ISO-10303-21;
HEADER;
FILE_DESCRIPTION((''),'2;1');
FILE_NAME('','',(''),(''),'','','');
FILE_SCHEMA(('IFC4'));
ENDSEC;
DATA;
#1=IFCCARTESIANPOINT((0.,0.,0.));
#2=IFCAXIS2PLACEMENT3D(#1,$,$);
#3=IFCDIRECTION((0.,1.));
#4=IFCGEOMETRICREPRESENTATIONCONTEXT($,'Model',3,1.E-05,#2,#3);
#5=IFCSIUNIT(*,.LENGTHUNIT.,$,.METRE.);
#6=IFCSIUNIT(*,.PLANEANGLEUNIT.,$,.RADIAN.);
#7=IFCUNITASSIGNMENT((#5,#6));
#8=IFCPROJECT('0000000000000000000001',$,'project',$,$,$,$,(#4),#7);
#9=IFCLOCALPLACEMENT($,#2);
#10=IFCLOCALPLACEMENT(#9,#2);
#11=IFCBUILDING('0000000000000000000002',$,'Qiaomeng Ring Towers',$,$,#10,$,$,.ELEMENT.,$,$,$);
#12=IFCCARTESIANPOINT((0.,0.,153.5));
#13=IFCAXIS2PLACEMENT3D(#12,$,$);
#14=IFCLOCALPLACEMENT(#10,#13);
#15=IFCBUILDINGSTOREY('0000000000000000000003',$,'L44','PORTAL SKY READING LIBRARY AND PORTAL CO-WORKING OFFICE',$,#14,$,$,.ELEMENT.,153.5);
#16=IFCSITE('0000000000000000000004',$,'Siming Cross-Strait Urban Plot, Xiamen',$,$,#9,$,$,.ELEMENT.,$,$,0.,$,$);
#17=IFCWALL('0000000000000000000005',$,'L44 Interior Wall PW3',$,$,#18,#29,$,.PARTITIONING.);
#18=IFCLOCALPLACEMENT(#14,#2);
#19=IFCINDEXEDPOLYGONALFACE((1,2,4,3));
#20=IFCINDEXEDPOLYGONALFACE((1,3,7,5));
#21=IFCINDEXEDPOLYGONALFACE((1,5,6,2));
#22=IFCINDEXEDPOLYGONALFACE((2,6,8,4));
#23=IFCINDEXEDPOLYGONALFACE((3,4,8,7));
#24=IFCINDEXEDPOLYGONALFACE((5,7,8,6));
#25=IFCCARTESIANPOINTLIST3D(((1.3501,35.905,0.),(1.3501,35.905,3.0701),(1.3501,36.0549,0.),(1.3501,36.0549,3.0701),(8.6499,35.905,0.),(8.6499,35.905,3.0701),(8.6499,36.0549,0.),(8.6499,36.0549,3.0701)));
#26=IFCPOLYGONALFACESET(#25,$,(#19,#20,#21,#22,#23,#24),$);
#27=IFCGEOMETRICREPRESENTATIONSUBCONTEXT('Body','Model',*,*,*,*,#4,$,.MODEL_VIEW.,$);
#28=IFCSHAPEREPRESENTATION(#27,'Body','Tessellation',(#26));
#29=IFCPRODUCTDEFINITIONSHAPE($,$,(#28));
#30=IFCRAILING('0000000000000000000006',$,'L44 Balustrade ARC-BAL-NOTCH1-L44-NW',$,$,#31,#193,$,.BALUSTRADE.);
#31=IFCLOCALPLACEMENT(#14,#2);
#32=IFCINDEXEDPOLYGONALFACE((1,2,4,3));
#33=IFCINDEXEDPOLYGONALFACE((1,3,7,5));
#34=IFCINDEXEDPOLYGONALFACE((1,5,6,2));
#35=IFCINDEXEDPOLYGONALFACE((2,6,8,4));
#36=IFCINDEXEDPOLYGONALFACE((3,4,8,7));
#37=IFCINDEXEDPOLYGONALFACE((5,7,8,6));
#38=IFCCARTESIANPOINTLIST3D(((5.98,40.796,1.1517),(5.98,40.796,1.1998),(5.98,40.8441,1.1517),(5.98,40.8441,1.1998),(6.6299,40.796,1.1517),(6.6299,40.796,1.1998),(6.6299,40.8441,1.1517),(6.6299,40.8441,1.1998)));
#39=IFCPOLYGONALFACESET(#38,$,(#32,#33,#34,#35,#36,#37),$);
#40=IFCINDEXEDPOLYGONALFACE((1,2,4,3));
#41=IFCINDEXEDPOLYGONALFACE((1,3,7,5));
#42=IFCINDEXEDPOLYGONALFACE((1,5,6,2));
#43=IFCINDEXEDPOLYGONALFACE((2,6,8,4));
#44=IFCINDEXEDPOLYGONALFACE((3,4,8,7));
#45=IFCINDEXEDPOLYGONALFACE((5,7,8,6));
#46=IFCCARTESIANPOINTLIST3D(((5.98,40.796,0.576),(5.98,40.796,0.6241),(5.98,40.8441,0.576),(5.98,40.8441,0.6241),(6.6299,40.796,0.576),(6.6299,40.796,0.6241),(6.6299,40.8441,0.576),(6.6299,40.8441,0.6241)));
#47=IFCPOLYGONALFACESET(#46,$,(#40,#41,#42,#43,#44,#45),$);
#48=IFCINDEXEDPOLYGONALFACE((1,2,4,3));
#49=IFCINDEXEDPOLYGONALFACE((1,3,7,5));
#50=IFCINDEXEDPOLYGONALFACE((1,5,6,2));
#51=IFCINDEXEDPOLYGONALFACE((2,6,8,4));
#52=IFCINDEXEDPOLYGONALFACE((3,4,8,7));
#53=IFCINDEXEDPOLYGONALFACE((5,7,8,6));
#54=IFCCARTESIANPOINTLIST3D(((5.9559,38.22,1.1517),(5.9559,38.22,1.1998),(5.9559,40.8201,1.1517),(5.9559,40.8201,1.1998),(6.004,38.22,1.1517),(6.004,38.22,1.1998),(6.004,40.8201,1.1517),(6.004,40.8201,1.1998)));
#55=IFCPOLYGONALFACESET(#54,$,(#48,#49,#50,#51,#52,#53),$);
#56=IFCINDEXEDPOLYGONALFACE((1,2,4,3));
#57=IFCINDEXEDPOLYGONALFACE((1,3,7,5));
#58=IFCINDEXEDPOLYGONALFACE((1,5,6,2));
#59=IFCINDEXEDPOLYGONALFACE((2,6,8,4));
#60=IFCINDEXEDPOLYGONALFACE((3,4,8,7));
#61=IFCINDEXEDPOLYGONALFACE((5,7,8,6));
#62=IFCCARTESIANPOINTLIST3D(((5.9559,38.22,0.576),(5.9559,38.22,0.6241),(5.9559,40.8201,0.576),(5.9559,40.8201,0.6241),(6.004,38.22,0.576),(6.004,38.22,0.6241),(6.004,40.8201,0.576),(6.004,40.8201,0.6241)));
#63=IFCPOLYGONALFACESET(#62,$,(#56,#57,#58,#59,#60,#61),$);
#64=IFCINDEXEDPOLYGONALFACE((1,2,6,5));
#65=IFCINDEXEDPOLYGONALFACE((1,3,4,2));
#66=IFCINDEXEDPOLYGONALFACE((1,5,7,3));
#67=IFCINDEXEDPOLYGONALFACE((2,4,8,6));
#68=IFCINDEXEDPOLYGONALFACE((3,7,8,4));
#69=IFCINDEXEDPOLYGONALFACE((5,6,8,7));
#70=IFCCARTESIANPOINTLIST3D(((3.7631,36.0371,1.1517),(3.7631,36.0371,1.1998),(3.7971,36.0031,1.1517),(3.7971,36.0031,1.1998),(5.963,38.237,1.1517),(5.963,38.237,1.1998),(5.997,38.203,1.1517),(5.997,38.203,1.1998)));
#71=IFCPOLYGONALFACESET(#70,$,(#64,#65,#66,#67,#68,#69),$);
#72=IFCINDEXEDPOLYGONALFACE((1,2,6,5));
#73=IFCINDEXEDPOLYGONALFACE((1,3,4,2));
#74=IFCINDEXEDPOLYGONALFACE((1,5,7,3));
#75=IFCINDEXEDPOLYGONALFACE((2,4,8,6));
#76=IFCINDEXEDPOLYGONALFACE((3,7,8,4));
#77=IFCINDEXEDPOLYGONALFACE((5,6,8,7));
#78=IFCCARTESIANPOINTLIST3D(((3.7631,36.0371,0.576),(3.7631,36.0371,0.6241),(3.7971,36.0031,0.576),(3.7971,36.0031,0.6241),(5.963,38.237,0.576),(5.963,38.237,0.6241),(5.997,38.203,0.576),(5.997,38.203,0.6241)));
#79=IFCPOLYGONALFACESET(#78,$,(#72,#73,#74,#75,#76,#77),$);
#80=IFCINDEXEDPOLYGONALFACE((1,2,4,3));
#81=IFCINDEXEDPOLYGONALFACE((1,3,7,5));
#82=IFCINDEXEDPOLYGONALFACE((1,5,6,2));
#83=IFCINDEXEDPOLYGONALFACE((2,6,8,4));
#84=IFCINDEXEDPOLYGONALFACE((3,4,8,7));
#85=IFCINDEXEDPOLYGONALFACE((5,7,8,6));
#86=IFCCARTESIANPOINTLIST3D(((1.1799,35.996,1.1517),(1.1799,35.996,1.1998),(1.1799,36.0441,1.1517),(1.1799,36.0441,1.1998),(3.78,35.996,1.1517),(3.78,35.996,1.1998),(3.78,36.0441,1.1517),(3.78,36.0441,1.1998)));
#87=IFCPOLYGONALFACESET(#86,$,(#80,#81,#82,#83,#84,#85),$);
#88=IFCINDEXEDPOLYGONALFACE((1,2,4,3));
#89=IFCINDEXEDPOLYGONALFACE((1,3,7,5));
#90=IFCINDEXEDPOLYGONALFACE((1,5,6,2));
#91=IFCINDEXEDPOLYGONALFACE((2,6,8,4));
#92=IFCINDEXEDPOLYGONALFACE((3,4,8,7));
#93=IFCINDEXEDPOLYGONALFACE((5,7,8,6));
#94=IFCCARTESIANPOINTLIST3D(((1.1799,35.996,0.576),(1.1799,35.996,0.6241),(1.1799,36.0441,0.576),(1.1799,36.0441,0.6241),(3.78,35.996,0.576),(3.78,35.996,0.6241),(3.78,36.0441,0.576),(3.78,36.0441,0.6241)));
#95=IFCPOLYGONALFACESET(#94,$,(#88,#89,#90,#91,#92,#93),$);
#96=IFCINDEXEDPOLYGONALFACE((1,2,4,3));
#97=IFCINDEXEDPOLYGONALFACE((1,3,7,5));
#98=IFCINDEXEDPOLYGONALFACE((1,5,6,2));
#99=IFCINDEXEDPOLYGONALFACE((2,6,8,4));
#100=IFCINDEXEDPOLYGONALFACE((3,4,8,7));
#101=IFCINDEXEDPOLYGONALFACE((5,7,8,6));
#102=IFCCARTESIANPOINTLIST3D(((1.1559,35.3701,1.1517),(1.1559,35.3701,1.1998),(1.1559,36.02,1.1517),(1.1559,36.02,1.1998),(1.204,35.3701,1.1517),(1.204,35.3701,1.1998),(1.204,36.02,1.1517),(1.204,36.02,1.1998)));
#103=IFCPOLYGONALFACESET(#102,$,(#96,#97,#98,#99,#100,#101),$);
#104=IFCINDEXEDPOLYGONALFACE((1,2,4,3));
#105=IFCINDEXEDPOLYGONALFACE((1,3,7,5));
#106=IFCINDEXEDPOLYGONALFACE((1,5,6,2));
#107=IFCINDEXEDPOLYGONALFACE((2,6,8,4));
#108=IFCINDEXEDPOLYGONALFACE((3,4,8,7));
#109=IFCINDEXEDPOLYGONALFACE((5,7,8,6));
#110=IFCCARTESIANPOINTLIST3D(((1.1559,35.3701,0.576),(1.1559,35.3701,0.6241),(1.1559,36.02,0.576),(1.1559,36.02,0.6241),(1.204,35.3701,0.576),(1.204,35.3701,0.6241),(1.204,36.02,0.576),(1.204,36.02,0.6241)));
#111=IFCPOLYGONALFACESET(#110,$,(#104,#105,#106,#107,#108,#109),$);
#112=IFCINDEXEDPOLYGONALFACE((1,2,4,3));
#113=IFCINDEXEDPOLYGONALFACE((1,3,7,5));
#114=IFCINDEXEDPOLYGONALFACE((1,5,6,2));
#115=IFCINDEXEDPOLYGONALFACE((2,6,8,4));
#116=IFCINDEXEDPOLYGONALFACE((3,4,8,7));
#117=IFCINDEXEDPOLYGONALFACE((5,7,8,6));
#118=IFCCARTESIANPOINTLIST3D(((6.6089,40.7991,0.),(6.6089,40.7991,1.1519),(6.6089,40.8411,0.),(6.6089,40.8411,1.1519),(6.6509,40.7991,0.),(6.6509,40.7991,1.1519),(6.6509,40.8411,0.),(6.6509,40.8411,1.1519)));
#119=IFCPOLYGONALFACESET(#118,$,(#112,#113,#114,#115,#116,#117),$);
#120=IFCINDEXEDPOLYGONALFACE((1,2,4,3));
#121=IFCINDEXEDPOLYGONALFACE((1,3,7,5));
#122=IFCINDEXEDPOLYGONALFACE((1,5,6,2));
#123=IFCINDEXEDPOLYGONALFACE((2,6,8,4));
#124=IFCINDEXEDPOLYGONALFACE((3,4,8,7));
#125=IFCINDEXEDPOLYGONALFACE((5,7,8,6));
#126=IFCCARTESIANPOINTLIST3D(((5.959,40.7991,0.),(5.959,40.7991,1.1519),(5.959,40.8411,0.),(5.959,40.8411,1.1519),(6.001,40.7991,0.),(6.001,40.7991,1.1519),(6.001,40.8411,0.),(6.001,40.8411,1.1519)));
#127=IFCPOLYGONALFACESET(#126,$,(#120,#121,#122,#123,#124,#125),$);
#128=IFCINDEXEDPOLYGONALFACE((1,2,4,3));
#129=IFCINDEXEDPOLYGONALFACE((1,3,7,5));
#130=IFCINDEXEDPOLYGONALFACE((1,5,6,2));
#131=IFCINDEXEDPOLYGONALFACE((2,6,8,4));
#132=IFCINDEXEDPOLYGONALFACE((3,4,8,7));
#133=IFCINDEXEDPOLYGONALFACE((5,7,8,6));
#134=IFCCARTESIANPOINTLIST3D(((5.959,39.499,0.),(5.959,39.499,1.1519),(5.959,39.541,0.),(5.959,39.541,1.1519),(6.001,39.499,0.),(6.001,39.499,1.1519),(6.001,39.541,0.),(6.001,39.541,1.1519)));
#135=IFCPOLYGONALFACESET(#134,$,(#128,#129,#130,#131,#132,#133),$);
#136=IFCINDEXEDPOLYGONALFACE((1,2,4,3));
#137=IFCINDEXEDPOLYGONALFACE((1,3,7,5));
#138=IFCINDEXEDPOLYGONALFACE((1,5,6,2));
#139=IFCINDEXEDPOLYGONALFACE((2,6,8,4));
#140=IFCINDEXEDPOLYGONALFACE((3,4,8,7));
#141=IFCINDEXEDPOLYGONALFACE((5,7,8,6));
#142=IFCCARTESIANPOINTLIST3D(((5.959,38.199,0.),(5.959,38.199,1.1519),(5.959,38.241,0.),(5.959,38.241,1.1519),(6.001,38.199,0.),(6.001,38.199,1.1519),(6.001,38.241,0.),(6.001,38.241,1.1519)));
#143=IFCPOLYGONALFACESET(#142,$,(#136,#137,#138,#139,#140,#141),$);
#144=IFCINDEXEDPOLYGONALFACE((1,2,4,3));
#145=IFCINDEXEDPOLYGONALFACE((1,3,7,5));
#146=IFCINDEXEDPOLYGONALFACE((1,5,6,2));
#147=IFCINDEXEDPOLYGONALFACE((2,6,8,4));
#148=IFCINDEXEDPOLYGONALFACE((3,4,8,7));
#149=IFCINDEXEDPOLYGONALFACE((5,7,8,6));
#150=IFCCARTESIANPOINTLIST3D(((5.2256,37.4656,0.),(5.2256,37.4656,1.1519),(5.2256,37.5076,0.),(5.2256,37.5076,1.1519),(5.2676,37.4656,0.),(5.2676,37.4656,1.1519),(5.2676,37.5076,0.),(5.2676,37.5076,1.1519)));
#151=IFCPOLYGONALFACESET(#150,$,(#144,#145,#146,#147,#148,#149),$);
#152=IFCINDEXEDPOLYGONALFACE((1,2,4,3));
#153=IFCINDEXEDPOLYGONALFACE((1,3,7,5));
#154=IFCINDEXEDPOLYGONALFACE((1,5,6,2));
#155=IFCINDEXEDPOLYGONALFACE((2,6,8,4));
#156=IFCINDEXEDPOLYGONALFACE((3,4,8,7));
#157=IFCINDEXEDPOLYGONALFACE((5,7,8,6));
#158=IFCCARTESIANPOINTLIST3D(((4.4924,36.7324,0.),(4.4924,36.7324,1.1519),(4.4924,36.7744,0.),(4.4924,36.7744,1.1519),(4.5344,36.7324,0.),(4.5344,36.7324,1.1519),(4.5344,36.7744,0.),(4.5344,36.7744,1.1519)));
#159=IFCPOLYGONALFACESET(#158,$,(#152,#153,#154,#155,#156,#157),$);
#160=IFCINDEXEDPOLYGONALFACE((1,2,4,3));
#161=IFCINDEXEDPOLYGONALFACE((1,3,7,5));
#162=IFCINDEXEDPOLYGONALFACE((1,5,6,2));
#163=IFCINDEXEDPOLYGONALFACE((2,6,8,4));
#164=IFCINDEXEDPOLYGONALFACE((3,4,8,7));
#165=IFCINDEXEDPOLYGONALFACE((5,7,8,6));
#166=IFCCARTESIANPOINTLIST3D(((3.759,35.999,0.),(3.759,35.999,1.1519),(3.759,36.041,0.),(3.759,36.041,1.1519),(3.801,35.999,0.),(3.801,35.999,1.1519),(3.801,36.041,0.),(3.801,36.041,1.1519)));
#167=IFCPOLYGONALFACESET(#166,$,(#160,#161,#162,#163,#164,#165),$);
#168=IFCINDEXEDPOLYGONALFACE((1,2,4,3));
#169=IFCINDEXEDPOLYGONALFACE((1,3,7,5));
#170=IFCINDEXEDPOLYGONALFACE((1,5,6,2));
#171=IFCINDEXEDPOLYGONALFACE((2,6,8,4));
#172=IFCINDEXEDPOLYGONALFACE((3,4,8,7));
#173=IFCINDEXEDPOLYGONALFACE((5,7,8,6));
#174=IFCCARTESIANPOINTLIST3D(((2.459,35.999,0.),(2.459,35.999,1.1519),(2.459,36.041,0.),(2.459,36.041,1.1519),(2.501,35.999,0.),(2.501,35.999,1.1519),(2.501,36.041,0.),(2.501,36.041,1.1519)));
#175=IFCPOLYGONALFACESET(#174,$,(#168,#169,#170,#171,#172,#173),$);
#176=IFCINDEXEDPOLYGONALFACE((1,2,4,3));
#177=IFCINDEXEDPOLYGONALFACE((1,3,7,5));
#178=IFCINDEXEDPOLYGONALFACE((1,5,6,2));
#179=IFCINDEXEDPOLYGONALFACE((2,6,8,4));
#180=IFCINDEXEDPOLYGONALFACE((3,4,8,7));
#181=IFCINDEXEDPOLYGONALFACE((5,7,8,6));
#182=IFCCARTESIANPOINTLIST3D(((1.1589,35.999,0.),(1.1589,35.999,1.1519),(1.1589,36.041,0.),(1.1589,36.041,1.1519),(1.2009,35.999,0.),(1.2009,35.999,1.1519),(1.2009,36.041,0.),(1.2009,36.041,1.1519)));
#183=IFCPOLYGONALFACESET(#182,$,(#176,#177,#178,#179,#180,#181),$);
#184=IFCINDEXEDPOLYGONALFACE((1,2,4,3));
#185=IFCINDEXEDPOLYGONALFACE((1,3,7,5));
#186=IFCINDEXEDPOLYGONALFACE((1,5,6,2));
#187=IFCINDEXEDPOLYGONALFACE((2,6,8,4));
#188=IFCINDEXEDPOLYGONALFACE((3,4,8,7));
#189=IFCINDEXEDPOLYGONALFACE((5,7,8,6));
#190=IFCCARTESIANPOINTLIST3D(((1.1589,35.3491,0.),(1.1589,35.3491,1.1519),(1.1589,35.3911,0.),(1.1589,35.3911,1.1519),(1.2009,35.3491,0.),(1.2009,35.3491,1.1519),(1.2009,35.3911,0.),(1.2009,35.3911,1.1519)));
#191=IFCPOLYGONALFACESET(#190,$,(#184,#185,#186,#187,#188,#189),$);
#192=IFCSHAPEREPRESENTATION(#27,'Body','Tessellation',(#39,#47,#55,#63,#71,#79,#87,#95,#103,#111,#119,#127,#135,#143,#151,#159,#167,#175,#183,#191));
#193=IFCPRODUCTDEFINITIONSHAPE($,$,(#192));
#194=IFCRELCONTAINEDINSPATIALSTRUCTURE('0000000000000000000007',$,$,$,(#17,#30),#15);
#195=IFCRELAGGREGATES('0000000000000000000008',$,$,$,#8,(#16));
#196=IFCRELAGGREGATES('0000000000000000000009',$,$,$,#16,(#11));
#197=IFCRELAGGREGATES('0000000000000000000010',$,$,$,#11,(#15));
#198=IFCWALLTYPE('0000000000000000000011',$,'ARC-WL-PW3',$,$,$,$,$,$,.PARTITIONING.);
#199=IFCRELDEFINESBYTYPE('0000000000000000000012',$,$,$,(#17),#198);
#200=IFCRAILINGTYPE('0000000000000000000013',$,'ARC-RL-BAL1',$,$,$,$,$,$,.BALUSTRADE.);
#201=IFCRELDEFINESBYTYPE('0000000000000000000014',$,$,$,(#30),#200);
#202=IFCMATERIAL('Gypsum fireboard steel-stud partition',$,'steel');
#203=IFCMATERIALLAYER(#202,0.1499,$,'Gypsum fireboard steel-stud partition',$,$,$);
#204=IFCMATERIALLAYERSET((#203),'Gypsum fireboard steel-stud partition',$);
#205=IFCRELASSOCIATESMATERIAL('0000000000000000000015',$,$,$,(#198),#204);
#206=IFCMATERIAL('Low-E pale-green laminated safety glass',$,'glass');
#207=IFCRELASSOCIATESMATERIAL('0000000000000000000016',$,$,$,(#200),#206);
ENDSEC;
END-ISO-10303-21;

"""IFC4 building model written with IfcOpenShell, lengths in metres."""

from ifc_helpers import new_model, si_unit, direction, frame, frame_2d, origin, origin_2d, place, context, subcontext, project, spatial, rectangle, extrude, material, layer, layer_set, type_object, element, save


model = new_model("IFC4")

# Units and contexts
model_context = context("Model", 3, precision=1e-05, world=origin(), true_north=direction((0.0, 1.0)))
body_context = subcontext(model_context, "Body", "Model", "MODEL_VIEW")
ifc_project = project(units=[si_unit("LENGTHUNIT", "METRE"), si_unit("PLANEANGLEUNIT", "RADIAN")], contexts=[model_context])

# Site, building, storey
site_placement = place(None, origin())
site = spatial("IfcSite", under=ifc_project, at=site_placement, Name="Siming Cross-Strait Urban Plot, Xiamen", CompositionType="ELEMENT", RefElevation=0.0)
building_placement = place(site_placement, origin())
building = spatial("IfcBuilding", under=site, at=building_placement, Name="Qiaomeng Ring Towers", CompositionType="ELEMENT")
storey_placement = place(building_placement, frame((0.0, 0.0, 153.5)))
storey = spatial("IfcBuildingStorey", under=building, at=storey_placement, Name="L44", Description="PORTAL SKY READING LIBRARY AND PORTAL CO-WORKING OFFICE", CompositionType="ELEMENT", Elevation=153.5)

# Wall
ifc_material_1 = material(Name="Gypsum fireboard steel-stud partition", Category="steel")
ifc_layer_1 = layer(ifc_material_1, 0.1499, Name="Gypsum fireboard steel-stud partition")
ifc_layer_set_1 = layer_set([ifc_layer_1], Name="Gypsum fireboard steel-stud partition")
wall_type_1 = type_object("IfcWallType", Name="ARC-WL-PW3", PredefinedType="PARTITIONING", material=ifc_layer_set_1)
wall_1_placement = place(storey_placement, frame((1.3501, 35.98, 0.0), z_axis=(0.0, 0.0, 1.0), x_axis=(1.0, 0.0, 0.0)))
element("IfcWall", 1, at=wall_1_placement, inside=storey, type_object=wall_type_1, Name="L44 Interior Wall PW3", PredefinedType="PARTITIONING", context=body_context, shape_type="SweptSolid", body=[
    extrude(rectangle(XDim=7.2998, YDim=0.1499, at=frame_2d((3.6499, 0.0))), origin(), (0.0, 0.0, 1.0), 3.0701),
])

# Railing
ifc_material_2 = material(Name="Low-E pale-green laminated safety glass", Category="glass")
railing_type = type_object("IfcRailingType", Name="ARC-RL-BAL1", PredefinedType="BALUSTRADE", material=ifc_material_2)
railing_placement = place(storey_placement, frame((6.6299, 40.8201, 0.0)))
element("IfcRailing", 2, at=railing_placement, inside=storey, type_object=railing_type, Name="L44 Balustrade ARC-BAL-NOTCH1-L44-NW", PredefinedType="BALUSTRADE", context=body_context, shape_type="SweptSolid", body=[
    extrude(rectangle(XDim=0.0481, YDim=0.0481, at=origin_2d()), frame((0.0, 0.0, 1.1758), z_axis=(-1.0, 0.0, 0.0), x_axis=(0.0, -1.0, 0.0)), (0.0, 0.0, 1.0), 0.6499),
    extrude(rectangle(XDim=0.0481, YDim=0.0481, at=origin_2d()), frame((0.0, 0.0, 0.6001), z_axis=(-1.0, 0.0, 0.0), x_axis=(0.0, -1.0, 0.0)), (0.0, 0.0, 1.0), 0.6499),
    extrude(rectangle(XDim=0.0481, YDim=0.0481, at=origin_2d()), frame((-0.6499, 0.0, 1.1758), z_axis=(0.0, -1.0, 0.0), x_axis=(1.0, 0.0, 0.0)), (0.0, 0.0, 1.0), 2.6001),
    extrude(rectangle(XDim=0.0481, YDim=0.0481, at=origin_2d()), frame((-0.6499, 0.0, 0.6001), z_axis=(0.0, -1.0, 0.0), x_axis=(1.0, 0.0, 0.0)), (0.0, 0.0, 1.0), 2.6001),
    extrude(rectangle(XDim=0.0481, YDim=0.0481, at=origin_2d()), frame((-0.6499, -2.6001, 1.1758), z_axis=(-0.707107, -0.707107, 0.0), x_axis=(0.707107, -0.707107, 0.0)), (0.0, 0.0, 1.0), 3.1111),
    extrude(rectangle(XDim=0.0481, YDim=0.0481, at=origin_2d()), frame((-0.6499, -2.6001, 0.6001), z_axis=(-0.707107, -0.707107, 0.0), x_axis=(0.707107, -0.707107, 0.0)), (0.0, 0.0, 1.0), 3.1111),
    extrude(rectangle(XDim=0.0481, YDim=0.0481, at=origin_2d()), frame((-2.8499, -4.8, 1.1758), z_axis=(-1.0, 0.0, 0.0), x_axis=(0.0, -1.0, 0.0)), (0.0, 0.0, 1.0), 2.6001),
    extrude(rectangle(XDim=0.0481, YDim=0.0481, at=origin_2d()), frame((-2.8499, -4.8, 0.6001), z_axis=(-1.0, 0.0, 0.0), x_axis=(0.0, -1.0, 0.0)), (0.0, 0.0, 1.0), 2.6001),
    extrude(rectangle(XDim=0.0481, YDim=0.0481, at=origin_2d()), frame((-5.45, -4.8, 1.1758), z_axis=(0.0, -1.0, 0.0), x_axis=(1.0, 0.0, 0.0)), (0.0, 0.0, 1.0), 0.6499),
    extrude(rectangle(XDim=0.0481, YDim=0.0481, at=origin_2d()), frame((-5.45, -4.8, 0.6001), z_axis=(0.0, -1.0, 0.0), x_axis=(1.0, 0.0, 0.0)), (0.0, 0.0, 1.0), 0.6499),
    extrude(rectangle(XDim=0.042, YDim=0.042, at=origin_2d()), origin(), (0.0, 0.0, 1.0), 1.1519),
    extrude(rectangle(XDim=0.042, YDim=0.042, at=origin_2d()), frame((-0.6499, 0.0, 0.0)), (0.0, 0.0, 1.0), 1.1519),
    extrude(rectangle(XDim=0.042, YDim=0.042, at=origin_2d()), frame((-0.6499, -1.3, 0.0)), (0.0, 0.0, 1.0), 1.1519),
    extrude(rectangle(XDim=0.042, YDim=0.042, at=origin_2d()), frame((-0.6499, -2.6001, 0.0)), (0.0, 0.0, 1.0), 1.1519),
    extrude(rectangle(XDim=0.042, YDim=0.042, at=origin_2d()), frame((-1.3833, -3.3335, 0.0)), (0.0, 0.0, 1.0), 1.1519),
    extrude(rectangle(XDim=0.042, YDim=0.042, at=origin_2d()), frame((-2.1165, -4.0667, 0.0)), (0.0, 0.0, 1.0), 1.1519),
    extrude(rectangle(XDim=0.042, YDim=0.042, at=origin_2d()), frame((-2.8499, -4.8, 0.0)), (0.0, 0.0, 1.0), 1.1519),
    extrude(rectangle(XDim=0.042, YDim=0.042, at=origin_2d()), frame((-4.1499, -4.8, 0.0)), (0.0, 0.0, 1.0), 1.1519),
    extrude(rectangle(XDim=0.042, YDim=0.042, at=origin_2d()), frame((-5.45, -4.8, 0.0)), (0.0, 0.0, 1.0), 1.1519),
    extrude(rectangle(XDim=0.042, YDim=0.042, at=origin_2d()), frame((-5.45, -5.45, 0.0)), (0.0, 0.0, 1.0), 1.1519),
])

save(model, "model.ifc")
